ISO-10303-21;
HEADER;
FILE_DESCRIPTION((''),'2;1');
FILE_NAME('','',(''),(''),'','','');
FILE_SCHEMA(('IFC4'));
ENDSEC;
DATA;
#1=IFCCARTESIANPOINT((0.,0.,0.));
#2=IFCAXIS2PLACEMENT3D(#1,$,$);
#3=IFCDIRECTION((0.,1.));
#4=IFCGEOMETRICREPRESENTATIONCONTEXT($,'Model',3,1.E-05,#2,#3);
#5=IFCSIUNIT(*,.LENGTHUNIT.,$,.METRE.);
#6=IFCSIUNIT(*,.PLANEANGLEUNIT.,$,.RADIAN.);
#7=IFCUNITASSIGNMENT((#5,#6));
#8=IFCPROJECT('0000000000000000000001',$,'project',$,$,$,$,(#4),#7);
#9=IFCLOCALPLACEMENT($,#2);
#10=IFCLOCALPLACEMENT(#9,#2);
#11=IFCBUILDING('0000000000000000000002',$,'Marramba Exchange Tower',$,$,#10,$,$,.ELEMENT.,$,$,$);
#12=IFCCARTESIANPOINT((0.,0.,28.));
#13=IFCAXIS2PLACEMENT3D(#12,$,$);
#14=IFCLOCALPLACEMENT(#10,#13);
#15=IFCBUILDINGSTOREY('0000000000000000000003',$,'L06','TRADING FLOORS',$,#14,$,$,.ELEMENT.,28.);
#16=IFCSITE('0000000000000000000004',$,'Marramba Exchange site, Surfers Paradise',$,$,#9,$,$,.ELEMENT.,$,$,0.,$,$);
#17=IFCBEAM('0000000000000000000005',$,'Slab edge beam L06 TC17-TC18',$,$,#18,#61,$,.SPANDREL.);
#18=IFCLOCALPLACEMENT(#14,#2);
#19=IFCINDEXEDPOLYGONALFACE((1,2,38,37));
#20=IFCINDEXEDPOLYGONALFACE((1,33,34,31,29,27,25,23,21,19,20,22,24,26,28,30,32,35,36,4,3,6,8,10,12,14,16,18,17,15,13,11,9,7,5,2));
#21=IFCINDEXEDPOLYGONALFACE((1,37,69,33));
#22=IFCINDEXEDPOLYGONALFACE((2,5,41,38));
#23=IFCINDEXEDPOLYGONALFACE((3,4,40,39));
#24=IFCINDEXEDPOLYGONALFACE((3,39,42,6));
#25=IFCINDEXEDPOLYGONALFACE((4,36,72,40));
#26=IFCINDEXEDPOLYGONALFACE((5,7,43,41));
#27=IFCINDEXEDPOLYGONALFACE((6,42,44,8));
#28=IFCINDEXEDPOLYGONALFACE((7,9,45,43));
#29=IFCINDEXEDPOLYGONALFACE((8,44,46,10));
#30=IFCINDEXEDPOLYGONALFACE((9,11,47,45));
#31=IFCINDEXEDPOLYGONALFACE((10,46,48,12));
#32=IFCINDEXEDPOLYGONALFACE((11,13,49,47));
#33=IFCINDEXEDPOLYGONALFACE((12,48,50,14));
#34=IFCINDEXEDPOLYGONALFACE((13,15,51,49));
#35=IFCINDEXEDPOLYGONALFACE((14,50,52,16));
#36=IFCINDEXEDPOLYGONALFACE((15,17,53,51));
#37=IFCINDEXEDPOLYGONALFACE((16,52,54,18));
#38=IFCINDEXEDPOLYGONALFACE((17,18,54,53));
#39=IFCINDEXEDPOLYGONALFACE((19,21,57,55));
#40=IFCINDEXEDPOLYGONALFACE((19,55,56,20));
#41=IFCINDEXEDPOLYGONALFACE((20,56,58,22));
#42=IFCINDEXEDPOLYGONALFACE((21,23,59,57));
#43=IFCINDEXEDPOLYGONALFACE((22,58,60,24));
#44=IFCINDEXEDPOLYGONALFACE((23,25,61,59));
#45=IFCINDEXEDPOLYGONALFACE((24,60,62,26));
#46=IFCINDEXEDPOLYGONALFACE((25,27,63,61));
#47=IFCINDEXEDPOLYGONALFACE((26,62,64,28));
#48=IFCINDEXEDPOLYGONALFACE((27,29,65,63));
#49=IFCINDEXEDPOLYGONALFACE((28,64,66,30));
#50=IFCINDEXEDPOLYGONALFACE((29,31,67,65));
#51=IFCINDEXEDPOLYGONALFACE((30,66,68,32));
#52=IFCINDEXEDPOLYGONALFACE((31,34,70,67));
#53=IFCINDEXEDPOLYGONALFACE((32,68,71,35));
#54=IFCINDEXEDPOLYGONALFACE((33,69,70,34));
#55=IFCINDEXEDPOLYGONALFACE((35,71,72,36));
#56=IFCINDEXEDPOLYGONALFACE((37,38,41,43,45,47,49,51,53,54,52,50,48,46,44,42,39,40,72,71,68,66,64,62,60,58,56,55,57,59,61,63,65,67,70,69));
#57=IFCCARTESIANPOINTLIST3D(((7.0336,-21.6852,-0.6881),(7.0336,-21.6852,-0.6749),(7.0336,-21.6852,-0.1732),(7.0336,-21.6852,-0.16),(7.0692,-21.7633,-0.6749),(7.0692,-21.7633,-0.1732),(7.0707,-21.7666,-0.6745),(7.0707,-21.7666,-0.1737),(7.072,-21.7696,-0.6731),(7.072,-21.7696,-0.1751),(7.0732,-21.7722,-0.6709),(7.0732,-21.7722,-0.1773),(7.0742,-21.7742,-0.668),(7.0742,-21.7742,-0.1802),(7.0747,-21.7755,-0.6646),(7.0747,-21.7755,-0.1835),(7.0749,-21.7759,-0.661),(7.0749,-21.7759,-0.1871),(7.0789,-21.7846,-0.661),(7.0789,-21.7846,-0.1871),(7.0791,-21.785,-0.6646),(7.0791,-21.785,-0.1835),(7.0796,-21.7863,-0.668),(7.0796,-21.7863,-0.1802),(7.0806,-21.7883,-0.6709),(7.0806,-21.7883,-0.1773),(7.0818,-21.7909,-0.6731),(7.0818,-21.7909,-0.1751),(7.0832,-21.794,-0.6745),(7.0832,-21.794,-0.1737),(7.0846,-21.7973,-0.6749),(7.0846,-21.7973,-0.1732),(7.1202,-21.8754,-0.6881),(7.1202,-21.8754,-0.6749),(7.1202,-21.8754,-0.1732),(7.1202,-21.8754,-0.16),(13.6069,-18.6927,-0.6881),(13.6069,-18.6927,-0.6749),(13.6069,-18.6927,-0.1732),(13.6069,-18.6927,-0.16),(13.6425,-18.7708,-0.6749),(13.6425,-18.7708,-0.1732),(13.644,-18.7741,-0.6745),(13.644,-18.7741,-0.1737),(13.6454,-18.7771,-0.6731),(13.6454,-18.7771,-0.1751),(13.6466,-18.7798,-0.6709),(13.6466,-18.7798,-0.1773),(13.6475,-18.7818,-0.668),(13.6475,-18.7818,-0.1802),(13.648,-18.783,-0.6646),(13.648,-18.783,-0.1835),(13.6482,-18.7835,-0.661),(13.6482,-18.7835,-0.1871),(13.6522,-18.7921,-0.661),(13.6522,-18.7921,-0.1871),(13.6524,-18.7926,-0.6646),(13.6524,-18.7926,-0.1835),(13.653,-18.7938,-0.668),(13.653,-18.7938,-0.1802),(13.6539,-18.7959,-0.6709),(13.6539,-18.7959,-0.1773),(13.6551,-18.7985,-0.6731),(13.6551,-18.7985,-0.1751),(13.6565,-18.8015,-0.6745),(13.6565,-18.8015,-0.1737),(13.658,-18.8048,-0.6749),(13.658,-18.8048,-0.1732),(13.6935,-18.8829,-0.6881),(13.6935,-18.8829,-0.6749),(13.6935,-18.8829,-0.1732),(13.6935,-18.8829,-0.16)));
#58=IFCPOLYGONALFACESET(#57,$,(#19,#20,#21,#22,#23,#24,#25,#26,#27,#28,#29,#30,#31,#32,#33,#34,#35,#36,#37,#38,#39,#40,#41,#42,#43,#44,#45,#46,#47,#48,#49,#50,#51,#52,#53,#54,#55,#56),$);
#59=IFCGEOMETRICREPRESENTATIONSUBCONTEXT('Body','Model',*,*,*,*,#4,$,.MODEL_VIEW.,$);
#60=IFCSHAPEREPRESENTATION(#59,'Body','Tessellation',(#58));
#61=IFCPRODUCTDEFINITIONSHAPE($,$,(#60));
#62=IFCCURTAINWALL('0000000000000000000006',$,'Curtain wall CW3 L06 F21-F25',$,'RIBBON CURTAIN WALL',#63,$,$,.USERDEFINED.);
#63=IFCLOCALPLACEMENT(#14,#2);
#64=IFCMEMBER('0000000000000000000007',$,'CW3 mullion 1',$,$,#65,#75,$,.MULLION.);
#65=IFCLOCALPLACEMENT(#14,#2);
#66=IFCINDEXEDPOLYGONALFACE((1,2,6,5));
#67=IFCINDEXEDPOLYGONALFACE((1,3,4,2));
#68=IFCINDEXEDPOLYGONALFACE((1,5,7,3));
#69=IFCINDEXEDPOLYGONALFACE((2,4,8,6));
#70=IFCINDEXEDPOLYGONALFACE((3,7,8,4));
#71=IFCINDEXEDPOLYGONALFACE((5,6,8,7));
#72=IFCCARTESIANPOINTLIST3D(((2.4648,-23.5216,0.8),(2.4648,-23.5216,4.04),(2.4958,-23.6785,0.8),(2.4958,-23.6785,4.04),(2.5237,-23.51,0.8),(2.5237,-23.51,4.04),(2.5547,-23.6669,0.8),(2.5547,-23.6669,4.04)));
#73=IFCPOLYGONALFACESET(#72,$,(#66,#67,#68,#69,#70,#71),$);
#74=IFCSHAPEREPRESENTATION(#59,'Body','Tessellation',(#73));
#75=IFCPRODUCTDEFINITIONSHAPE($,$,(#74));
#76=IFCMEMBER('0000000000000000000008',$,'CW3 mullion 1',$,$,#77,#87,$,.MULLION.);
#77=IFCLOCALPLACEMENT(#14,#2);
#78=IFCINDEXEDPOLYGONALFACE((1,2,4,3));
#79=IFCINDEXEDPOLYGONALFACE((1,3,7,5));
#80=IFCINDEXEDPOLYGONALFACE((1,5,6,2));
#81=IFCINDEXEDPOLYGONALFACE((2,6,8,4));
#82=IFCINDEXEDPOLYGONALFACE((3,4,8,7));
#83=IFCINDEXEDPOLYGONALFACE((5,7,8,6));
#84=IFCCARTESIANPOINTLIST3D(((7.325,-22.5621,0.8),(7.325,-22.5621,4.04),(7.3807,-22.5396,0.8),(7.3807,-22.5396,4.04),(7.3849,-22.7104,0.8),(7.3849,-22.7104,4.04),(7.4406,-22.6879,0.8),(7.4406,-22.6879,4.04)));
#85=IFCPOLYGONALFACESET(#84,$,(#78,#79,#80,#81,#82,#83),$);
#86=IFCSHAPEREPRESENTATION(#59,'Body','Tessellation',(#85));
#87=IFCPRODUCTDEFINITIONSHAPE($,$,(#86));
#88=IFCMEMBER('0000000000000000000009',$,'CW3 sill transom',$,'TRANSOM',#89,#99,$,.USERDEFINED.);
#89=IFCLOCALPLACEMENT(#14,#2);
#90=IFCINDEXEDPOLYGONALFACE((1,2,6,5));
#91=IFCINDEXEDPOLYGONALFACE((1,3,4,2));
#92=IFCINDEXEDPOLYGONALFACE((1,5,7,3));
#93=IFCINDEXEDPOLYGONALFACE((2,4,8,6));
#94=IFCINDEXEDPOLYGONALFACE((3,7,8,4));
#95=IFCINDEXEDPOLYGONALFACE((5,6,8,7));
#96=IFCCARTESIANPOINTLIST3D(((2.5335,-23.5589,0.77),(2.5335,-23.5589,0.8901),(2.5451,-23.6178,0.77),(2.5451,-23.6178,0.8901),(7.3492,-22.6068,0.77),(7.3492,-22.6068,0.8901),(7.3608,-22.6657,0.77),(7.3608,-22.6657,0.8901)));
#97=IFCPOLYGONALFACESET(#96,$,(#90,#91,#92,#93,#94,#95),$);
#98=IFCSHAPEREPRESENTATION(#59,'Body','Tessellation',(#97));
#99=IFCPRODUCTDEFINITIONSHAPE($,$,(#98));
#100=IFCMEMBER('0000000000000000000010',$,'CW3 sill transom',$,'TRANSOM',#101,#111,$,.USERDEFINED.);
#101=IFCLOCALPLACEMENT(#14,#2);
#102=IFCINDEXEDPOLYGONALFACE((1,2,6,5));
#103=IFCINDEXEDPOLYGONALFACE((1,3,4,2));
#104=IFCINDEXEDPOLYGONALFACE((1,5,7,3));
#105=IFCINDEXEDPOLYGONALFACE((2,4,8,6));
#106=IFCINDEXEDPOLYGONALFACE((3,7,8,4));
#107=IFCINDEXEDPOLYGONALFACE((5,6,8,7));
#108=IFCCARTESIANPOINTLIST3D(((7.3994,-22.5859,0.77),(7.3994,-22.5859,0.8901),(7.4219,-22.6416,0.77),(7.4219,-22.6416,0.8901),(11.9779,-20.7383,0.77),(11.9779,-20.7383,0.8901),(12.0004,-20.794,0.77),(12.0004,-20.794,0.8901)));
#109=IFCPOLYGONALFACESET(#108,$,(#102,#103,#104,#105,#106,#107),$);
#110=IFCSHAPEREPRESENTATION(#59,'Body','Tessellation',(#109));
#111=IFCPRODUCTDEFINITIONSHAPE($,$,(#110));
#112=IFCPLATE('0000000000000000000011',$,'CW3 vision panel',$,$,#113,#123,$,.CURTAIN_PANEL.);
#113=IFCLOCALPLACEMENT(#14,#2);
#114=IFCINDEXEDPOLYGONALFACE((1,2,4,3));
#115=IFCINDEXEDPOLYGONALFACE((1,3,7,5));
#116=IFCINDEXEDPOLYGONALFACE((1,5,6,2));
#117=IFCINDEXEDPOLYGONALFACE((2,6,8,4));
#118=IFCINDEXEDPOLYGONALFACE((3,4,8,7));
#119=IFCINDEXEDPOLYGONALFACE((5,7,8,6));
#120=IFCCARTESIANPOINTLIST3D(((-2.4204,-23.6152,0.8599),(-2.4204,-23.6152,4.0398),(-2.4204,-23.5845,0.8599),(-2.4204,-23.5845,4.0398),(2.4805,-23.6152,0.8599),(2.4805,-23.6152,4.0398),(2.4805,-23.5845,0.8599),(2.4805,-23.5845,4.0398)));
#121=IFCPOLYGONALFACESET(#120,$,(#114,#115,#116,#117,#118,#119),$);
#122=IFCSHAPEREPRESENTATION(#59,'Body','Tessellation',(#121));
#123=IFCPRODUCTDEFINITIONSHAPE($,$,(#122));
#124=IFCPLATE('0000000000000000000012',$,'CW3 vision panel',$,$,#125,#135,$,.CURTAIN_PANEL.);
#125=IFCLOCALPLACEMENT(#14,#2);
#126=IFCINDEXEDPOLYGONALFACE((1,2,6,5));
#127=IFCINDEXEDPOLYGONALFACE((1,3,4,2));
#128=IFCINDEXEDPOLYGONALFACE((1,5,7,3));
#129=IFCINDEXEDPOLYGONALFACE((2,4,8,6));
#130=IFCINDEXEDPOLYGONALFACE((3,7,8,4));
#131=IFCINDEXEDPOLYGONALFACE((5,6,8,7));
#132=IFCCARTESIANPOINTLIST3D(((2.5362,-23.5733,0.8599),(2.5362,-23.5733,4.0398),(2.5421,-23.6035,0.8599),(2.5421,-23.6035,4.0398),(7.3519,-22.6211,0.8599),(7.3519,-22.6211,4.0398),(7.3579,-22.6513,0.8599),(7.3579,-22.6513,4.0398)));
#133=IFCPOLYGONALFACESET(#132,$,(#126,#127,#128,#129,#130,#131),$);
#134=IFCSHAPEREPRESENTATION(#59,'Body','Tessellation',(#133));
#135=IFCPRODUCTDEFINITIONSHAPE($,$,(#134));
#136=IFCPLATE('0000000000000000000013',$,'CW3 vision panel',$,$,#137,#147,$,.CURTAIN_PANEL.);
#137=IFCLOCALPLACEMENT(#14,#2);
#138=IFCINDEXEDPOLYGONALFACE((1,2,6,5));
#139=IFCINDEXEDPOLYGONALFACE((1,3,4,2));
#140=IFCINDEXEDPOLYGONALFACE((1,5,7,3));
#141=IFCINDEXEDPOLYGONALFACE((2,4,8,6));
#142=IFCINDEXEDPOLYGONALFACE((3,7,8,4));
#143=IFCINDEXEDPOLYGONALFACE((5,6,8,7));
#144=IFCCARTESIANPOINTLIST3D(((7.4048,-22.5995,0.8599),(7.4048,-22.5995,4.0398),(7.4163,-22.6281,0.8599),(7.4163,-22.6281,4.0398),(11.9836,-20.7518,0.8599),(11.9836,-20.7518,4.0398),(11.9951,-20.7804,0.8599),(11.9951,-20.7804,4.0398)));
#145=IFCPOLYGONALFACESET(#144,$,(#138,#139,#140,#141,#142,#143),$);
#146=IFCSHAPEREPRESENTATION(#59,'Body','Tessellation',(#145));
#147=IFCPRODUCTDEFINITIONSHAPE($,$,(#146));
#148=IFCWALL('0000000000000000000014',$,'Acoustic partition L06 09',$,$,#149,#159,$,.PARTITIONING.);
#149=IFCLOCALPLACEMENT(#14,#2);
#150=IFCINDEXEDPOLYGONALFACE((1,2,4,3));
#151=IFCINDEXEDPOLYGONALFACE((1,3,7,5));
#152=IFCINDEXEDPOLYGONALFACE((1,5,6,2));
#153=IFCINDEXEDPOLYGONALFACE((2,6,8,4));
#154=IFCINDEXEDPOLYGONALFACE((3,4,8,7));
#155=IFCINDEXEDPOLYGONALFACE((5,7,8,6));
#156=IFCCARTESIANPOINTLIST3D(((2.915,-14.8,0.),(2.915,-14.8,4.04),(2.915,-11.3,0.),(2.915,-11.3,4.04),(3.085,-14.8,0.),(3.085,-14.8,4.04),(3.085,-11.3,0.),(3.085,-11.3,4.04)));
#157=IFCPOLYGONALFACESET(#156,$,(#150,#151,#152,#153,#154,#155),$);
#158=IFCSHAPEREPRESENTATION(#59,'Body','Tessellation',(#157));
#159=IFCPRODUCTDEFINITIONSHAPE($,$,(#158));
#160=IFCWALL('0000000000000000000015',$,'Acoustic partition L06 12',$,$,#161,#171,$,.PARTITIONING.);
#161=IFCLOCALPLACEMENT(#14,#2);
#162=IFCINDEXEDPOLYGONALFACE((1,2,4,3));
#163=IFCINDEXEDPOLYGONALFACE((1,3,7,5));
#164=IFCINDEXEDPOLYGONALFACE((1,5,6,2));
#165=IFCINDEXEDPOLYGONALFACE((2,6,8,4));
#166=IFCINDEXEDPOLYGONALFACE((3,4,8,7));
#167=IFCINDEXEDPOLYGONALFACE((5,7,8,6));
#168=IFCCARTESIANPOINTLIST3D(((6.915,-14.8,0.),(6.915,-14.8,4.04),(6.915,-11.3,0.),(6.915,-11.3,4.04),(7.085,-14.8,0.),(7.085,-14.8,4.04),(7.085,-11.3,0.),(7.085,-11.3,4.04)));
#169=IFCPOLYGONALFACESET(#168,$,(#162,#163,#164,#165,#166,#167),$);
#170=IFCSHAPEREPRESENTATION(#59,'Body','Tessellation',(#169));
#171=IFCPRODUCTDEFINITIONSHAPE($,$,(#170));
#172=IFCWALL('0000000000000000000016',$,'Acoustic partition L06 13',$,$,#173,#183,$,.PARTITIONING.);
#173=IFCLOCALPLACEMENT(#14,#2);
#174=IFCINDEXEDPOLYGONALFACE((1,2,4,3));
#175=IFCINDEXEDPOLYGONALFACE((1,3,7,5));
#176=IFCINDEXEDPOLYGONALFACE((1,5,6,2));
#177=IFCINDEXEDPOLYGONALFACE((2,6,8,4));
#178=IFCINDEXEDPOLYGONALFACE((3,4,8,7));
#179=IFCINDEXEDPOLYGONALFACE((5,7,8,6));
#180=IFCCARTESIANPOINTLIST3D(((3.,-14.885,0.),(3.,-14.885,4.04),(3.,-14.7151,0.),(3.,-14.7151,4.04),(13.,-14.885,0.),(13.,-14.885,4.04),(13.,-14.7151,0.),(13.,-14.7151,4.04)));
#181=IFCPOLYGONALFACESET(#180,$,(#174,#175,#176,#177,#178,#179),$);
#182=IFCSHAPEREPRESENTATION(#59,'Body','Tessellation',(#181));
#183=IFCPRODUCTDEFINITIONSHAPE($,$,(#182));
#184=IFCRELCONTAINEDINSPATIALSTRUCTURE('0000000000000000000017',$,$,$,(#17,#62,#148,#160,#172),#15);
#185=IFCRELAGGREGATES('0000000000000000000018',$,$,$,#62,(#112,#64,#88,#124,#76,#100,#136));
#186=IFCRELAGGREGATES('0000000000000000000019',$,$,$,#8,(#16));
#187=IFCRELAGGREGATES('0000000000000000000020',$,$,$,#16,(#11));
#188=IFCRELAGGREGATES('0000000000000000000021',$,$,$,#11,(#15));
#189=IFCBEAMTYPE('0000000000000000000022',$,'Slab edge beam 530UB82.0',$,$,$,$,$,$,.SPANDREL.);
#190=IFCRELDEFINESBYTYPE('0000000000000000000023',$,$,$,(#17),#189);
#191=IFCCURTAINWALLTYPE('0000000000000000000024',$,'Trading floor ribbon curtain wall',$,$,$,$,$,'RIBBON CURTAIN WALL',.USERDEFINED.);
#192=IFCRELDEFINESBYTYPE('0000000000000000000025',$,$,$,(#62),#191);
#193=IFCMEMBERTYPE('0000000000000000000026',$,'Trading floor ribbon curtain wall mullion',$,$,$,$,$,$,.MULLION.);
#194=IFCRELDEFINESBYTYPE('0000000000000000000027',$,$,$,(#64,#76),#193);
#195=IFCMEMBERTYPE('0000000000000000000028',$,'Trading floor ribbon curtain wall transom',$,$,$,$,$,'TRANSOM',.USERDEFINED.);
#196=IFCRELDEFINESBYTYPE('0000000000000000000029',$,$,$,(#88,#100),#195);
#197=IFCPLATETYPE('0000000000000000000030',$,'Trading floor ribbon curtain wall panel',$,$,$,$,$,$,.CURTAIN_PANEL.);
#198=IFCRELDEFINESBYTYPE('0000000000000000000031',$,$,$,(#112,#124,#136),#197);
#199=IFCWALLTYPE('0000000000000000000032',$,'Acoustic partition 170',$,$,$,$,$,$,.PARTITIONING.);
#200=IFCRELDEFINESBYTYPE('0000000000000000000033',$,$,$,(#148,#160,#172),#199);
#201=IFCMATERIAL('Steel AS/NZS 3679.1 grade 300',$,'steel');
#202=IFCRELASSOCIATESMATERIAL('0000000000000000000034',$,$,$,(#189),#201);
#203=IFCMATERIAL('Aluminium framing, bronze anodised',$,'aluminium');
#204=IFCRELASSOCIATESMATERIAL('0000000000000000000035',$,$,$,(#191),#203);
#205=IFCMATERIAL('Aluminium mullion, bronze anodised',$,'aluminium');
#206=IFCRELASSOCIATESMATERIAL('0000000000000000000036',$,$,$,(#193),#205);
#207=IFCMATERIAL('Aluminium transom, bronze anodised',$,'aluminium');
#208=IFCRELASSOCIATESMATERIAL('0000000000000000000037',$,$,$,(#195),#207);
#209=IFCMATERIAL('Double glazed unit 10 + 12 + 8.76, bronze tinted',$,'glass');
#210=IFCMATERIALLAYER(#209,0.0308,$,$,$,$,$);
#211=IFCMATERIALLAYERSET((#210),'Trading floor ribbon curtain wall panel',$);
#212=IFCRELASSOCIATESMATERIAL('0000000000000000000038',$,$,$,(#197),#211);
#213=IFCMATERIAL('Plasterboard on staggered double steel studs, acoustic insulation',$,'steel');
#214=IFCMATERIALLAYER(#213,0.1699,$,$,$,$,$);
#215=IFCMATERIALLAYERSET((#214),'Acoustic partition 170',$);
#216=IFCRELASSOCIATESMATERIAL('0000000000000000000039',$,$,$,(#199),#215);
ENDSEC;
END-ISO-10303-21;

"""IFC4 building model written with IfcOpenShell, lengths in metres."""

from ifc_helpers import new_model, si_unit, direction, frame, frame_2d, origin, origin_2d, place, context, subcontext, project, spatial, rectangle, i_section, extrude, material, layer, layer_set, material_profile, profile_set, type_object, element, aggregate, save


model = new_model("IFC4")

# Units and contexts
model_context = context("Model", 3, precision=1e-05, world=origin(), true_north=direction((0.0, 1.0)))
body_context = subcontext(model_context, "Body", "Model", "MODEL_VIEW")
ifc_project = project(units=[si_unit("LENGTHUNIT", "METRE"), si_unit("PLANEANGLEUNIT", "RADIAN")], contexts=[model_context])

# Site, building, storey
site_placement = place(None, origin())
site = spatial("IfcSite", under=ifc_project, at=site_placement, Name="Marramba Exchange site, Surfers Paradise", CompositionType="ELEMENT", RefElevation=0.0)
building_placement = place(site_placement, origin())
building = spatial("IfcBuilding", under=site, at=building_placement, Name="Marramba Exchange Tower", CompositionType="ELEMENT")
storey_placement = place(building_placement, frame((0.0, 0.0, 28.0)))
storey = spatial("IfcBuildingStorey", under=building, at=storey_placement, Name="L06", Description="TRADING FLOORS", CompositionType="ELEMENT", Elevation=28.0)

# Beam
ifc_material_1 = material(Name="Steel AS/NZS 3679.1 grade 300", Category="steel")
ifc_material_profile_1 = material_profile(ifc_material_1, i_section(OverallWidth=0.209, OverallDepth=0.5281, WebThickness=0.0095, FlangeThickness=0.0132, FilletRadius=0.0139, at=origin_2d()), Name="530UB82.0")
ifc_profile_set_1 = profile_set([ifc_material_profile_1], Name="Steel AS/NZS 3679.1 grade 300")
beam_type_1 = type_object("IfcBeamType", Name="Slab edge beam 530UB82.0", PredefinedType="SPANDREL", material=ifc_profile_set_1)
beam_1_placement = place(storey_placement, frame((7.0769, -21.7803, -0.4241), z_axis=(0.910127, 0.41433, 0.0), x_axis=(-0.41433, 0.910127, 0.0)))
element("IfcBeam", 1, at=beam_1_placement, inside=storey, type_object=beam_type_1, Name="Slab edge beam L06 TC17-TC18", PredefinedType="SPANDREL", context=body_context, shape_type="SweptSolid", body=[
    extrude(i_section(OverallWidth=0.209, OverallDepth=0.5281, WebThickness=0.0095, FlangeThickness=0.0132, FilletRadius=0.0139, at=origin_2d()), origin(), (0.0, 0.0, 1.0), 7.2224),
])

# Curtain wall, members, plates
ifc_material_2 = material(Name="Aluminium framing, bronze anodised", Category="aluminium")
curtain_wall_type = type_object("IfcCurtainWallType", Name="Trading floor ribbon curtain wall", ElementType="RIBBON CURTAIN WALL", PredefinedType="USERDEFINED", material=ifc_material_2)
curtain_wall_placement = place(storey_placement, origin())
curtain_wall = element("IfcCurtainWall", 2, at=curtain_wall_placement, inside=storey, type_object=curtain_wall_type, Name="Curtain wall CW3 L06 F21-F25", ObjectType="RIBBON CURTAIN WALL", PredefinedType="USERDEFINED")
ifc_material_3 = material(Name="Aluminium mullion, bronze anodised", Category="aluminium")
ifc_material_profile_2 = material_profile(ifc_material_3, rectangle(XDim=0.1599, YDim=0.0601, at=origin_2d()), Name="CW3 mullion 60x160")
ifc_profile_set_2 = profile_set([ifc_material_profile_2], Name="Aluminium mullion, bronze anodised")
member_type_1 = type_object("IfcMemberType", Name="Trading floor ribbon curtain wall mullion", PredefinedType="MULLION", material=ifc_profile_set_2)
member_1_placement = place(storey_placement, frame((2.5098, -23.5942, 0.8), z_axis=(0.0, 0.0, 1.0), x_axis=(-0.193961, 0.981009, 0.0)))
member_1 = element("IfcMember", 3, at=member_1_placement, type_object=member_type_1, Name="CW3 mullion 1", PredefinedType="MULLION", context=body_context, shape_type="SweptSolid", body=[
    extrude(rectangle(XDim=0.1599, YDim=0.0601, at=origin_2d()), origin(), (0.0, 0.0, 1.0), 3.24),
])
member_2_placement = place(storey_placement, frame((7.3828, -22.625, 0.8), z_axis=(0.0, 0.0, 1.0), x_axis=(-0.374218, 0.927341, 0.0)))
member_2 = element("IfcMember", 4, at=member_2_placement, type_object=member_type_1, Name="CW3 mullion 1", PredefinedType="MULLION", context=body_context, shape_type="SweptSolid", body=[
    extrude(rectangle(XDim=0.1599, YDim=0.0601, at=origin_2d()), origin(), (0.0, 0.0, 1.0), 3.24),
])
ifc_material_4 = material(Name="Aluminium transom, bronze anodised", Category="aluminium")
ifc_material_profile_3 = material_profile(ifc_material_4, rectangle(XDim=0.0601, YDim=0.1201, at=origin_2d()), Name="CW3 transom 60x120")
ifc_profile_set_3 = profile_set([ifc_material_profile_3], Name="Aluminium transom, bronze anodised")
member_type_2 = type_object("IfcMemberType", Name="Trading floor ribbon curtain wall transom", ElementType="TRANSOM", PredefinedType="USERDEFINED", material=ifc_profile_set_3)
member_3_placement = place(storey_placement, frame((2.5393, -23.5884, 0.8301), z_axis=(0.981009, 0.193964, 0.0), x_axis=(-0.193964, 0.981009, 0.0)))
member_3 = element("IfcMember", 5, at=member_3_placement, type_object=member_type_2, Name="CW3 sill transom", ObjectType="TRANSOM", PredefinedType="USERDEFINED", context=body_context, shape_type="SweptSolid", body=[
    extrude(rectangle(XDim=0.0601, YDim=0.1201, at=origin_2d()), origin(), (0.0, 0.0, 1.0), 4.9089),
])
member_4_placement = place(storey_placement, frame((7.4106, -22.6138, 0.8301), z_axis=(0.92734, 0.374219, 0.0), x_axis=(-0.374219, 0.92734, 0.0)))
member_4 = element("IfcMember", 6, at=member_4_placement, type_object=member_type_2, Name="CW3 sill transom", ObjectType="TRANSOM", PredefinedType="USERDEFINED", context=body_context, shape_type="SweptSolid", body=[
    extrude(rectangle(XDim=0.0601, YDim=0.1201, at=origin_2d()), origin(), (0.0, 0.0, 1.0), 4.9373),
])
ifc_material_5 = material(Name="Double glazed unit 10 + 12 + 8.76, bronze tinted", Category="glass")
ifc_layer_1 = layer(ifc_material_5, 0.0308)
ifc_layer_set_1 = layer_set([ifc_layer_1], Name="Trading floor ribbon curtain wall panel")
plate_type = type_object("IfcPlateType", Name="Trading floor ribbon curtain wall panel", PredefinedType="CURTAIN_PANEL", material=ifc_layer_set_1)
plate_1_placement = place(storey_placement, frame((0.03, -23.5999, 0.8599), z_axis=(0.0, 0.0, 1.0), x_axis=(1.0, 0.0, 0.0)))
plate_1 = element("IfcPlate", 7, at=plate_1_placement, type_object=plate_type, Name="CW3 vision panel", PredefinedType="CURTAIN_PANEL", context=body_context, shape_type="SweptSolid", body=[
    extrude(rectangle(XDim=4.9009, YDim=0.0308, at=origin_2d()), origin(), (0.0, 0.0, 1.0), 3.1799),
])
plate_2_placement = place(storey_placement, frame((4.947, -23.1123, 0.8599), z_axis=(0.0, 0.0, 1.0), x_axis=(0.981009, 0.193961, 0.0)))
plate_2 = element("IfcPlate", 8, at=plate_2_placement, type_object=plate_type, Name="CW3 vision panel", PredefinedType="CURTAIN_PANEL", context=body_context, shape_type="SweptSolid", body=[
    extrude(rectangle(XDim=4.9089, YDim=0.0308, at=origin_2d()), origin(), (0.0, 0.0, 1.0), 3.1799),
])
plate_3_placement = place(storey_placement, frame((9.7, -21.6899, 0.8599), z_axis=(0.0, 0.0, 1.0), x_axis=(0.927341, 0.374218, 0.0)))
plate_3 = element("IfcPlate", 9, at=plate_3_placement, type_object=plate_type, Name="CW3 vision panel", PredefinedType="CURTAIN_PANEL", context=body_context, shape_type="SweptSolid", body=[
    extrude(rectangle(XDim=4.9375, YDim=0.0308, at=origin_2d()), origin(), (0.0, 0.0, 1.0), 3.1799),
])
aggregate(curtain_wall, [plate_1, member_1, member_3, plate_2, member_2, member_4, plate_3])

# Walls
ifc_material_6 = material(Name="Plasterboard on staggered double steel studs, acoustic insulation", Category="steel")
ifc_layer_2 = layer(ifc_material_6, 0.1699)
ifc_layer_set_2 = layer_set([ifc_layer_2], Name="Acoustic partition 170")
wall_type_1 = type_object("IfcWallType", Name="Acoustic partition 170", PredefinedType="PARTITIONING", material=ifc_layer_set_2)
for number, where, z_axis, x_axis, name in (
    (10, (3.0, -11.3, 0.0), (0.0, 0.0, 1.0), (0.0, -1.0, 0.0), "Acoustic partition L06 09"),
    (11, (7.0, -11.3, 0.0), (0.0, 0.0, 1.0), (0.0, -1.0, 0.0), "Acoustic partition L06 12"),
):
    element("IfcWall", number, at=place(storey_placement, frame(where, z_axis=z_axis, x_axis=x_axis)), inside=storey, type_object=wall_type_1, Name=name, PredefinedType="PARTITIONING", context=body_context, shape_type="SweptSolid", body=[
        extrude(rectangle(XDim=3.5, YDim=0.1699, at=frame_2d((1.75, 0.0))), origin(), (0.0, 0.0, 1.0), 4.04),
    ])
wall_1_placement = place(storey_placement, frame((3.0, -14.8, 0.0), z_axis=(0.0, 0.0, 1.0), x_axis=(1.0, 0.0, 0.0)))
element("IfcWall", 12, at=wall_1_placement, inside=storey, type_object=wall_type_1, Name="Acoustic partition L06 13", PredefinedType="PARTITIONING", context=body_context, shape_type="SweptSolid", body=[
    extrude(rectangle(XDim=10.0, YDim=0.1699, at=frame_2d((5.0, 0.0))), origin(), (0.0, 0.0, 1.0), 4.04),
])

save(model, "model.ifc")
